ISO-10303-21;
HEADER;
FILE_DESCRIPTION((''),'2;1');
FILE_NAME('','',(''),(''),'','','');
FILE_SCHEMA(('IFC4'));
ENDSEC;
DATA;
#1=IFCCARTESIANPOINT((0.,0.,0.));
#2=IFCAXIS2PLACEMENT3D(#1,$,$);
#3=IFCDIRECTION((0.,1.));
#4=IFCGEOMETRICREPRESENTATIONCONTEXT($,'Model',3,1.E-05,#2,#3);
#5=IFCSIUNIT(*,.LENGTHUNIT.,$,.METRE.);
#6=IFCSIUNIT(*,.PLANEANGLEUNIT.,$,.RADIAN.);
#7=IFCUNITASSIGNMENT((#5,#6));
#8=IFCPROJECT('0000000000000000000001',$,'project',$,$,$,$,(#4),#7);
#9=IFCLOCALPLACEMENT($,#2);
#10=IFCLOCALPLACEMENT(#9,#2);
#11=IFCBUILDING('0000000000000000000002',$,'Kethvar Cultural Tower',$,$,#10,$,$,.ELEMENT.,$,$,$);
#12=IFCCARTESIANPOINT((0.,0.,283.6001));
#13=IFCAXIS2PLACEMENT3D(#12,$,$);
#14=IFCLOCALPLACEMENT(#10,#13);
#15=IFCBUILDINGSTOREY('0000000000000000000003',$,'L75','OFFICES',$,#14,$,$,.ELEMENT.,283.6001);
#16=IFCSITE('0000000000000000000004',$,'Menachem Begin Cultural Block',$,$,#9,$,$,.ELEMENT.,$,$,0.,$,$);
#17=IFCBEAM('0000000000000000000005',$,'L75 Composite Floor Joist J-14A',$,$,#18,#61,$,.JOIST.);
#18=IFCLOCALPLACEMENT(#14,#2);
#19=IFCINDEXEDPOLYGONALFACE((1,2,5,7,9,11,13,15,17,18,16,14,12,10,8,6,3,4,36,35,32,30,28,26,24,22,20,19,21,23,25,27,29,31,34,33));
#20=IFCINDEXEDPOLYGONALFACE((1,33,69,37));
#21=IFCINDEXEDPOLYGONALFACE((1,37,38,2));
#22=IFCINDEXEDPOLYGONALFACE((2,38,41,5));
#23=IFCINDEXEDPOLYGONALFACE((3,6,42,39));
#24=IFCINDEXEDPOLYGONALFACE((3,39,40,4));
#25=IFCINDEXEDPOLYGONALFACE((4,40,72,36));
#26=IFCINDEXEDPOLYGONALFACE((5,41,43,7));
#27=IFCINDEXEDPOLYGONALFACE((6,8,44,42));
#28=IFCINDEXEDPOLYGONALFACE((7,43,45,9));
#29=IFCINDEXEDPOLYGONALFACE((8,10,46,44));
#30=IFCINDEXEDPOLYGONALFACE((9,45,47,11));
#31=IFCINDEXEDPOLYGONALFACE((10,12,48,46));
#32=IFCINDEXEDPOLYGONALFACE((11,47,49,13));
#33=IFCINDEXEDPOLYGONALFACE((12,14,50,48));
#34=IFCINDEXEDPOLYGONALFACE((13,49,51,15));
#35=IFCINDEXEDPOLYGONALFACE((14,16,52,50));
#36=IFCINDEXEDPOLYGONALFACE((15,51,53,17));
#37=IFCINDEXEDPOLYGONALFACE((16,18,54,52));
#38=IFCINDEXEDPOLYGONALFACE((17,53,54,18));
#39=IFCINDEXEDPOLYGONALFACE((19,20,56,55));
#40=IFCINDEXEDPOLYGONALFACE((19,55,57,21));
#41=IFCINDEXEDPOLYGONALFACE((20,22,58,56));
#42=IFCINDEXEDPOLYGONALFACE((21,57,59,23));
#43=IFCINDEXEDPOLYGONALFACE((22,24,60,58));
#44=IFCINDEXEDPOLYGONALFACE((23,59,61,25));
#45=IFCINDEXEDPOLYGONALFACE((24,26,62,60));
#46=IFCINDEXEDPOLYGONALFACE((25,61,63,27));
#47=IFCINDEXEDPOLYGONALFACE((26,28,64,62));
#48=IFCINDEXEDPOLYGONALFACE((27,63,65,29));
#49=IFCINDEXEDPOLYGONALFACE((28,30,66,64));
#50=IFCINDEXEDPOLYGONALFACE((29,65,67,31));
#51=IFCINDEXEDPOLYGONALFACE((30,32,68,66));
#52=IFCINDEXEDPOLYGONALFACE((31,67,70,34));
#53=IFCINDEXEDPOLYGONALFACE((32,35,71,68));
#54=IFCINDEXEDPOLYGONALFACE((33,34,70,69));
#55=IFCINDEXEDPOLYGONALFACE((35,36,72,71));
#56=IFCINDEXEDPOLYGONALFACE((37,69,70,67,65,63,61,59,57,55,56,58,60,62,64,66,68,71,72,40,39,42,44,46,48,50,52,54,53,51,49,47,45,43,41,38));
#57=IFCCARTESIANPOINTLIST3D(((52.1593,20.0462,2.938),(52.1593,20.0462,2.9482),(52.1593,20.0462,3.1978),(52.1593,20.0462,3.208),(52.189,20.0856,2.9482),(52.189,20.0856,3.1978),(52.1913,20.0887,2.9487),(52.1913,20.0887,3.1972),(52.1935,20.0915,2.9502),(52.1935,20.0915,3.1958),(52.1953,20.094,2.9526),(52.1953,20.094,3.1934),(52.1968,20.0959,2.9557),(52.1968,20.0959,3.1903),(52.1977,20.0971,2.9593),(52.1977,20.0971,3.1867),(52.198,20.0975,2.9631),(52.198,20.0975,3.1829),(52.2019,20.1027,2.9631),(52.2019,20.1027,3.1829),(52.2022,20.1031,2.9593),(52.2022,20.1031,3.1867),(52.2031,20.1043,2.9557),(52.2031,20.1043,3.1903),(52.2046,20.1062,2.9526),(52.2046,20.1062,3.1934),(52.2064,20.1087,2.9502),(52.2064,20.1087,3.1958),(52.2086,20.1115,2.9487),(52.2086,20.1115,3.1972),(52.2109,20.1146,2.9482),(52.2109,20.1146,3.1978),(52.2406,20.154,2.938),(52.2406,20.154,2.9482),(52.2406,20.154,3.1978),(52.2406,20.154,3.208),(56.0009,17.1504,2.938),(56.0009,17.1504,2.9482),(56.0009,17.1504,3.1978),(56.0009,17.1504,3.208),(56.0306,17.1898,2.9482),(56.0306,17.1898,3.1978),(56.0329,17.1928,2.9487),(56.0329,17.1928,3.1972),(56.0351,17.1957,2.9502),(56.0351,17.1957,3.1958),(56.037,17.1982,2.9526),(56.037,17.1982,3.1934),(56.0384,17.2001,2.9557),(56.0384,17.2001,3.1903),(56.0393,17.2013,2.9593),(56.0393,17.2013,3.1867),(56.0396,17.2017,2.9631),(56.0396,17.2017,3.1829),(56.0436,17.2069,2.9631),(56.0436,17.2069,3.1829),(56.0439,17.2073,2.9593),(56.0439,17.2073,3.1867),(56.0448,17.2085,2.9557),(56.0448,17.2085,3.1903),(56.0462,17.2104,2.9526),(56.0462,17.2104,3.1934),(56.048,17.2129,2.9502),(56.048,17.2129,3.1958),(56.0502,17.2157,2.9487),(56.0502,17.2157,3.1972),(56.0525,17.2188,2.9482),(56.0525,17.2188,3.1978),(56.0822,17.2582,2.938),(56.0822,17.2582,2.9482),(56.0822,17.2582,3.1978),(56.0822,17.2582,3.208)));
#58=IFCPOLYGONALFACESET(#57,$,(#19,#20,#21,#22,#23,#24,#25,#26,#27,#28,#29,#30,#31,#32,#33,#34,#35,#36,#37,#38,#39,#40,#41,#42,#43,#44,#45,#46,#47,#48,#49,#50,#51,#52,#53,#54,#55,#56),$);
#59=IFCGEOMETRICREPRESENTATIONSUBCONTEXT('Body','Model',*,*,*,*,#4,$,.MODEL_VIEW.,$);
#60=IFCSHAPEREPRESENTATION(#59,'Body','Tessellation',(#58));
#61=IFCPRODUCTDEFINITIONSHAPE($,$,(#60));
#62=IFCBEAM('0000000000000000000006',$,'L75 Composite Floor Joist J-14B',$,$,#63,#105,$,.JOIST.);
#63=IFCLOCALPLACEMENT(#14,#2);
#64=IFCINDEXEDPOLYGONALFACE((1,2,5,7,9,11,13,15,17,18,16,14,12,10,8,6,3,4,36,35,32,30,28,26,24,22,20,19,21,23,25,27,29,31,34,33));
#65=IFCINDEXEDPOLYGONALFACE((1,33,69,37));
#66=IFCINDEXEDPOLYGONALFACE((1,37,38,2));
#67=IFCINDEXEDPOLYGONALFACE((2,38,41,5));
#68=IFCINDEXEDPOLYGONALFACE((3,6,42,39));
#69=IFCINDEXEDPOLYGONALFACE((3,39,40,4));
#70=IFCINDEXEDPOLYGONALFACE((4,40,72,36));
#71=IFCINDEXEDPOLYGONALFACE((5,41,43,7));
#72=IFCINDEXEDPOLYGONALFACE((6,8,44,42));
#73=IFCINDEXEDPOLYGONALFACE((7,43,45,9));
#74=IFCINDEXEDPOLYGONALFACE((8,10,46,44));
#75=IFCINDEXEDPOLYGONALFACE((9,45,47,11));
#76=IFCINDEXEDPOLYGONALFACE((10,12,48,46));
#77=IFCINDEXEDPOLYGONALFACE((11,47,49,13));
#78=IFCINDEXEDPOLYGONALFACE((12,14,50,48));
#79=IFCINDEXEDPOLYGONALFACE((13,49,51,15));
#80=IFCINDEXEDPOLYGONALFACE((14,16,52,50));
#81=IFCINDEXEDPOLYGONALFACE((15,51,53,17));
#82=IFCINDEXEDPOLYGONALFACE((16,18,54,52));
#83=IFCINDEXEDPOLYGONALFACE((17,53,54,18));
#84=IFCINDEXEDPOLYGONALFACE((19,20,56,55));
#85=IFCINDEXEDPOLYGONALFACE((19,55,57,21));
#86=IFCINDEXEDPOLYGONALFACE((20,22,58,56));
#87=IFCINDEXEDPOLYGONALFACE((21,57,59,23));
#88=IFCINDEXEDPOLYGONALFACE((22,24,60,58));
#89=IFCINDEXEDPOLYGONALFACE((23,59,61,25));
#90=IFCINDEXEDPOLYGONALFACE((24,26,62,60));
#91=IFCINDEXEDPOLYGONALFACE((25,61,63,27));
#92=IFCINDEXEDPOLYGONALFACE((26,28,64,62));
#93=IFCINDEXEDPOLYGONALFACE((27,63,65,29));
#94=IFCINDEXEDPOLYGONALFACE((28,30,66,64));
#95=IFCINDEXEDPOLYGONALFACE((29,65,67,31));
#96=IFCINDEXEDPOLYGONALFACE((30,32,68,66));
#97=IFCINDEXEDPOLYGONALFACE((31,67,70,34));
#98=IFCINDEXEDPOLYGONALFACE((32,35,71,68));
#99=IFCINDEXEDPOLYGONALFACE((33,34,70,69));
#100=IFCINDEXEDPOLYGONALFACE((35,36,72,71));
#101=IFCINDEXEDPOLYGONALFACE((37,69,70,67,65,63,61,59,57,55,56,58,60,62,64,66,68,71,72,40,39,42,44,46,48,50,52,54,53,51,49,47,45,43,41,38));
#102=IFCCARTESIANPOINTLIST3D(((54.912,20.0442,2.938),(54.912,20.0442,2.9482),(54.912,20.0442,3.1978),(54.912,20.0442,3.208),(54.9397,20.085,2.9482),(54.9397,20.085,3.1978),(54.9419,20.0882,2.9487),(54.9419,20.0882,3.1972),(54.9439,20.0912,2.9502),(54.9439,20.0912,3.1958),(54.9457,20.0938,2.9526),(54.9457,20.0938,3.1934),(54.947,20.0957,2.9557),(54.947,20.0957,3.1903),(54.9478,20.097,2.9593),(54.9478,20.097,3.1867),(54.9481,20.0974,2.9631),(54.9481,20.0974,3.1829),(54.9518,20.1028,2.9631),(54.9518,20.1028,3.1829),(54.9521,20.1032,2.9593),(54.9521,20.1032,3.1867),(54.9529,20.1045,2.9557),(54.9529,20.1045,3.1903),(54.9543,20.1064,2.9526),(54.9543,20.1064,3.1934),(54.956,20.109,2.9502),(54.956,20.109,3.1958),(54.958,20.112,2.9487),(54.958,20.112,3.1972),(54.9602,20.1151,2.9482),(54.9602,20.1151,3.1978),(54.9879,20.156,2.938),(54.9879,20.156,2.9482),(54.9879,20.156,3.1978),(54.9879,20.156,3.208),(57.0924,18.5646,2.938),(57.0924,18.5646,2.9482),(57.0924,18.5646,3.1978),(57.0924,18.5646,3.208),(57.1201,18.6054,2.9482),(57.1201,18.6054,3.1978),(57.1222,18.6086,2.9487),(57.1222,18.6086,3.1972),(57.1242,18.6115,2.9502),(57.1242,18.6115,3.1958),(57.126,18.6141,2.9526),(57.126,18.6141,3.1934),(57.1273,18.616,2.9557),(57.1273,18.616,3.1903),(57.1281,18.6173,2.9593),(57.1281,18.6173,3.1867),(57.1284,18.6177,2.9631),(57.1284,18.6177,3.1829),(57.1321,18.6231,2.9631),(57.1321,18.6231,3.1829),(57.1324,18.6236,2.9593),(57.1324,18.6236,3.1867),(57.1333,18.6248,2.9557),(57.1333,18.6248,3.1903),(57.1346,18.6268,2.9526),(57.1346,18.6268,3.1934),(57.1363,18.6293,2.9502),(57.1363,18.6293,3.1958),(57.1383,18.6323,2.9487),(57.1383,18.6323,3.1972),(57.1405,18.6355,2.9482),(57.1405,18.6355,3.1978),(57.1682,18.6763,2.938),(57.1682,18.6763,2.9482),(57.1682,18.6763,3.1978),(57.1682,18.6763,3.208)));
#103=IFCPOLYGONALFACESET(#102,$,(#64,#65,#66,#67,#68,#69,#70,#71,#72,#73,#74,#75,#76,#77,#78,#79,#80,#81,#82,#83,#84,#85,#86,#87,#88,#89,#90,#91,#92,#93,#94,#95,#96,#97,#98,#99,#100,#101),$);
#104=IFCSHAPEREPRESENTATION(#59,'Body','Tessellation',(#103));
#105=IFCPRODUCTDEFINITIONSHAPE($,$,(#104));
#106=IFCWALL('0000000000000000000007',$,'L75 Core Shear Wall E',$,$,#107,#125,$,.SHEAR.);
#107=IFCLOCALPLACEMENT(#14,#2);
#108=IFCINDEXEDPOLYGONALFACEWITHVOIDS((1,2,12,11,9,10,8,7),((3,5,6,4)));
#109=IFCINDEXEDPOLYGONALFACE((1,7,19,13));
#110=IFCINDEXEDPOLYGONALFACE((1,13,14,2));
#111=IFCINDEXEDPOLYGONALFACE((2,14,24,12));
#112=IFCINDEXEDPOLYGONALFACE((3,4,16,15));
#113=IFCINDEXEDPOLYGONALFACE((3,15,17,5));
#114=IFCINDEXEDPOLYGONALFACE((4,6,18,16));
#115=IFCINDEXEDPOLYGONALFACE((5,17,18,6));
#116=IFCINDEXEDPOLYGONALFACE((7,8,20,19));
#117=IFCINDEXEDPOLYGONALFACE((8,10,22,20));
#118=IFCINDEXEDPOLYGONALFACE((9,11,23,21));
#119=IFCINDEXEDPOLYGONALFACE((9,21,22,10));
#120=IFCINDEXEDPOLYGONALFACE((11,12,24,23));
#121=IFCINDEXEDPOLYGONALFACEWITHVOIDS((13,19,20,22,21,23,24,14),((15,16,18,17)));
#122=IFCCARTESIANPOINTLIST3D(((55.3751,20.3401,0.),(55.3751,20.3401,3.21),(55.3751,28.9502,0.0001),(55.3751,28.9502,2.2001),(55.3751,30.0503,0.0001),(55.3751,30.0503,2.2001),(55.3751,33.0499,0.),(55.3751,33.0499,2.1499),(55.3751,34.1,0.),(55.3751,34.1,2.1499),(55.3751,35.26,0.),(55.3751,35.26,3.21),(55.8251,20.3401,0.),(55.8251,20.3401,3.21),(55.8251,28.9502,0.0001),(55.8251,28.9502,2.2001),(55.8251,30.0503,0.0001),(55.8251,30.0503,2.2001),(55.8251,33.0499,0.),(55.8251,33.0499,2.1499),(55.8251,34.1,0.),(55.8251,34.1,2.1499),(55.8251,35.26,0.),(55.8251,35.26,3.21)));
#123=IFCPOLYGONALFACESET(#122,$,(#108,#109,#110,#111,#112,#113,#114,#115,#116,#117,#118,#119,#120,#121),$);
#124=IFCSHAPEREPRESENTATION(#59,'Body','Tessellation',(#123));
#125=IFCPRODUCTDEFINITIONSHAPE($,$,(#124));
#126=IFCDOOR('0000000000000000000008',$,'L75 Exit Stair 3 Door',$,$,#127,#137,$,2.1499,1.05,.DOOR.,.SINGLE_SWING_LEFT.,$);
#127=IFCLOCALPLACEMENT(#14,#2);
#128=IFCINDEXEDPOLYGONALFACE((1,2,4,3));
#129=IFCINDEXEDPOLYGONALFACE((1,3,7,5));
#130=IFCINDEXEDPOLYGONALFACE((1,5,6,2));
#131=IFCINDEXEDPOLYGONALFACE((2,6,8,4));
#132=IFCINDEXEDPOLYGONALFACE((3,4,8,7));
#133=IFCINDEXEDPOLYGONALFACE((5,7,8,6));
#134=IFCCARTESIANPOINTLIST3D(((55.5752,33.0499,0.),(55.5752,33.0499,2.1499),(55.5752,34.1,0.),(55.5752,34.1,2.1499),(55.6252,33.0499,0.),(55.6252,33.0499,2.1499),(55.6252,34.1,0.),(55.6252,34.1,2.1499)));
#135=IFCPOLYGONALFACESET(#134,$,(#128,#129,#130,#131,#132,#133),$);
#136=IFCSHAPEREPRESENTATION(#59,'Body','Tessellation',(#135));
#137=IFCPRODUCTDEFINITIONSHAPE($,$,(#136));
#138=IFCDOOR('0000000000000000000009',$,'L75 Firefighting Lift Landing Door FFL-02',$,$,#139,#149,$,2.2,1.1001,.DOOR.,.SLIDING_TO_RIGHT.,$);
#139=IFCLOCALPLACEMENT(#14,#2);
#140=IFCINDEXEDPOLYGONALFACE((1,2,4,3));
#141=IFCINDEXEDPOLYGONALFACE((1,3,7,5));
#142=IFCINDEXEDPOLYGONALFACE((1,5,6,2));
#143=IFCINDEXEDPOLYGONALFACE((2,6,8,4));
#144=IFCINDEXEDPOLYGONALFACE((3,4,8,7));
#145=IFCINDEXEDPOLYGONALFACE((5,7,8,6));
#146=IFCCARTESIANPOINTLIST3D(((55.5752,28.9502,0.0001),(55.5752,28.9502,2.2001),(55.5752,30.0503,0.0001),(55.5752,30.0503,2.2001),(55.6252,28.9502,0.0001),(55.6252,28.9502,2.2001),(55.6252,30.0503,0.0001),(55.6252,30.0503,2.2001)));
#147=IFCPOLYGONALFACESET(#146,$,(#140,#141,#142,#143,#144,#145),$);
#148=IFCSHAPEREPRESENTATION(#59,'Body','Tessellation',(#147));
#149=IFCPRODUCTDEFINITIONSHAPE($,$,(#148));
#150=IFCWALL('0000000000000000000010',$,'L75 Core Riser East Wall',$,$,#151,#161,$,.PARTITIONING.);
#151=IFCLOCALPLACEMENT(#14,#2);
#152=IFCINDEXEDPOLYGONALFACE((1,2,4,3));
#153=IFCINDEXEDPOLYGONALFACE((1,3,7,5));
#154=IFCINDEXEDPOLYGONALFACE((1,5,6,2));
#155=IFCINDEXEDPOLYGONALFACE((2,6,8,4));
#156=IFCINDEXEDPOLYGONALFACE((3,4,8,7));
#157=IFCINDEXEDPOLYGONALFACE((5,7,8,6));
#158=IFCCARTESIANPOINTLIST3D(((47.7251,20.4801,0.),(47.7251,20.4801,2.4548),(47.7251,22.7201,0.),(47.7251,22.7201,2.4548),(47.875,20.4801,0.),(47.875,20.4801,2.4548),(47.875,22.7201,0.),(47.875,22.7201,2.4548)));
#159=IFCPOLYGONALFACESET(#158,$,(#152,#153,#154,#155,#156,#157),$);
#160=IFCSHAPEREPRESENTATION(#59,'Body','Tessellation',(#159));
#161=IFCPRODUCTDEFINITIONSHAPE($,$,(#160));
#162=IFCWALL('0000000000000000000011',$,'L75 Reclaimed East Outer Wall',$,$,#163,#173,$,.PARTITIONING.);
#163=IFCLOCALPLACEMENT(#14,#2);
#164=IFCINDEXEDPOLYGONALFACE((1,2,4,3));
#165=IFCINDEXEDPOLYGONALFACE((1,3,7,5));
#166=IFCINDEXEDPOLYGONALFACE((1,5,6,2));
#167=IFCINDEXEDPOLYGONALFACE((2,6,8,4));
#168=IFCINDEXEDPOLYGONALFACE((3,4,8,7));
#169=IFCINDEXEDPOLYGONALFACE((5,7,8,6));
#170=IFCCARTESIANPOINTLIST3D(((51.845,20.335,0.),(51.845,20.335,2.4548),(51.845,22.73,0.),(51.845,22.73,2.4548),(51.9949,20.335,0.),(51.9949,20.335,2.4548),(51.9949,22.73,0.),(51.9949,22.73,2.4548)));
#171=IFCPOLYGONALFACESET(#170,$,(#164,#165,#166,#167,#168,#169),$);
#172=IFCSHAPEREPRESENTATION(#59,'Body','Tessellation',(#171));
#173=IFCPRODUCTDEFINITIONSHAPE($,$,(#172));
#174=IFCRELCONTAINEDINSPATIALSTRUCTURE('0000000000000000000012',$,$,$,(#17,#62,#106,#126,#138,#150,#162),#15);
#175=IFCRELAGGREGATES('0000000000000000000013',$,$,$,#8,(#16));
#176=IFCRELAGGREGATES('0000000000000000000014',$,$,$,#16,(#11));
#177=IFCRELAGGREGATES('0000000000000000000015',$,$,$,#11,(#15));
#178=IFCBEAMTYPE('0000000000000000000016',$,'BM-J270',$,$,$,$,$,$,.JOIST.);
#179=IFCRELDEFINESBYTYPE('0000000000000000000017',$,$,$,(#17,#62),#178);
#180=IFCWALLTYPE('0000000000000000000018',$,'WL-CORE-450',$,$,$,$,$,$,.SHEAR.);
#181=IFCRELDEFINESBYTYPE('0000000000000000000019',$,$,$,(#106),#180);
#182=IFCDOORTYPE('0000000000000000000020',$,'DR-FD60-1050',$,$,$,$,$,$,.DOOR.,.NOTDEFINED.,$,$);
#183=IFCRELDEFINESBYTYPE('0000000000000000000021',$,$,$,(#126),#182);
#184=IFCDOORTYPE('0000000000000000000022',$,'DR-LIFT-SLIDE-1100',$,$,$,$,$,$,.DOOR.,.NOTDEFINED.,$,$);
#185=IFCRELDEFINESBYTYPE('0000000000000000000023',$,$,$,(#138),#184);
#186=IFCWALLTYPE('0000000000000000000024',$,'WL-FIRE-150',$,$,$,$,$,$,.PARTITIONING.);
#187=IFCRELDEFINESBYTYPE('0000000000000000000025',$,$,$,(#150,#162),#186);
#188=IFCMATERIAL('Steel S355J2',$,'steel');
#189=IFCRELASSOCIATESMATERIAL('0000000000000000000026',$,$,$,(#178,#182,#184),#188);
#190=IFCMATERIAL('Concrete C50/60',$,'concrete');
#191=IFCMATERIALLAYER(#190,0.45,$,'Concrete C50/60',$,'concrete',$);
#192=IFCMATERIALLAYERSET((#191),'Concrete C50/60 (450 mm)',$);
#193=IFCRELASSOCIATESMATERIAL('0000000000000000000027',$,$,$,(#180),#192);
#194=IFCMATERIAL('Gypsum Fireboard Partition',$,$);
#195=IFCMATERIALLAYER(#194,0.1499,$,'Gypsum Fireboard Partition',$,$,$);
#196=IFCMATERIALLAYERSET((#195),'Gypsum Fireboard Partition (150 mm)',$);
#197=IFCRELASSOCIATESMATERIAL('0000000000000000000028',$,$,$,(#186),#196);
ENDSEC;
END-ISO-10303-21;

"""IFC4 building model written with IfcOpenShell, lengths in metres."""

from ifc_helpers import new_model, si_unit, direction, frame, frame_2d, origin, origin_2d, place, context, subcontext, project, spatial, rectangle, i_section, extrude, source, transform, mapped, material, layer, layer_set, material_profile, profile_set, type_object, element, fill, save


model = new_model("IFC4")

# Units and contexts
model_context = context("Model", 3, precision=1e-05, world=origin(), true_north=direction((0.0, 1.0)))
body_context = subcontext(model_context, "Body", "Model", "MODEL_VIEW")
ifc_project = project(units=[si_unit("LENGTHUNIT", "METRE"), si_unit("PLANEANGLEUNIT", "RADIAN")], contexts=[model_context])

# Site, building, storey
site_placement = place(None, origin())
site = spatial("IfcSite", under=ifc_project, at=site_placement, Name="Menachem Begin Cultural Block", CompositionType="ELEMENT", RefElevation=0.0)
building_placement = place(site_placement, origin())
building = spatial("IfcBuilding", under=site, at=building_placement, Name="Kethvar Cultural Tower", CompositionType="ELEMENT")
storey_placement = place(building_placement, frame((0.0, 0.0, 283.6001)))
storey = spatial("IfcBuildingStorey", under=building, at=storey_placement, Name="L75", Description="OFFICES", CompositionType="ELEMENT", Elevation=283.6001)

# Beams
ifc_material_1 = material(Name="Steel S355J2", Category="steel")
ifc_material_profile = material_profile(ifc_material_1, i_section(OverallWidth=0.135, OverallDepth=0.27, WebThickness=0.0066, FlangeThickness=0.0103, FilletRadius=0.0149, at=origin_2d()), Name="Steel S355J2 — IPE270")
ifc_profile_set = profile_set([ifc_material_profile], Name="Steel S355J2 — IPE270")
beam_type = type_object("IfcBeamType", Name="BM-J270", PredefinedType="JOIST", material=ifc_profile_set)
shared_shape_1 = source(origin(), body_context, "Body", "SweptSolid", [
    extrude(i_section(OverallWidth=0.135, OverallDepth=0.27, WebThickness=0.0066, FlangeThickness=0.0103, FilletRadius=0.0149, at=origin_2d()), origin(), (0.0, 0.0, 1.0), 4.8108),
])
beam_1_placement = place(storey_placement, frame((52.2, 20.1001, 3.073), z_axis=(0.798542, -0.601939, 0.0), x_axis=(0.601939, 0.798542, 0.0)))
element("IfcBeam", 1, at=beam_1_placement, inside=storey, type_object=beam_type, Name="L75 Composite Floor Joist J-14A", PredefinedType="JOIST", context=body_context, shape_type="MappedRepresentation", body=[
    mapped(shared_shape_1, transform((0.0, 0.0, 0.0), scale=1.0)),
])
shared_shape_2 = source(origin(), body_context, "Body", "SweptSolid", [
    extrude(i_section(OverallWidth=0.135, OverallDepth=0.27, WebThickness=0.0066, FlangeThickness=0.0103, FilletRadius=0.0149, at=origin_2d()), origin(), (0.0, 0.0, 1.0), 2.635),
])
beam_2_placement = place(storey_placement, frame((54.95, 20.1001, 3.073), z_axis=(0.827447, -0.561544, 0.0), x_axis=(0.561544, 0.827447, 0.0)))
element("IfcBeam", 2, at=beam_2_placement, inside=storey, type_object=beam_type, Name="L75 Composite Floor Joist J-14B", PredefinedType="JOIST", context=body_context, shape_type="MappedRepresentation", body=[
    mapped(shared_shape_2, transform((0.0, 0.0, 0.0), scale=1.0)),
])

# Wall, openings, doors
ifc_material_2 = material(Name="Concrete C50/60", Category="concrete")
ifc_layer_1 = layer(ifc_material_2, 0.45, Name="Concrete C50/60", Category="concrete")
ifc_layer_set_1 = layer_set([ifc_layer_1], Name="Concrete C50/60 (450 mm)")
wall_type_1 = type_object("IfcWallType", Name="WL-CORE-450", PredefinedType="SHEAR", material=ifc_layer_set_1)
wall_1_placement = place(storey_placement, frame((55.6001, 20.3401, 0.0), z_axis=(0.0, 0.0, 1.0), x_axis=(0.0, 1.0, 0.0)))
wall_1 = element("IfcWall", 3, at=wall_1_placement, inside=storey, type_object=wall_type_1, Name="L75 Core Shear Wall E", PredefinedType="SHEAR", context=body_context, shape_type="SweptSolid", body=[
    extrude(rectangle(XDim=14.9199, YDim=0.45, at=frame_2d((7.46, 0.0))), origin(), (0.0, 0.0, 1.0), 3.21),
])
opening_1_placement = place(wall_1_placement, frame((12.71, 0.0, 0.0)))
opening_1 = element("IfcOpeningElement", 4, at=opening_1_placement, cuts=wall_1, PredefinedType="OPENING", context=body_context, shape_type="SweptSolid", body=[
    extrude(rectangle(XDim=1.05, YDim=2.1499, at=frame_2d((0.5249, 1.075))), frame((0.0, 0.2349, 0.0), z_axis=(0.0, -1.0, 0.0), x_axis=(1.0, 0.0, 0.0)), (0.0, 0.0, 1.0), 0.47),
])
opening_2_placement = place(wall_1_placement, frame((8.6101, 0.0, 0.0)))
opening_2 = element("IfcOpeningElement", 5, at=opening_2_placement, cuts=wall_1, PredefinedType="OPENING", context=body_context, shape_type="SweptSolid", body=[
    extrude(rectangle(XDim=1.1001, YDim=2.2, at=frame_2d((0.55, 1.1001))), frame((0.0, 0.2349, 0.0), z_axis=(0.0, -1.0, 0.0), x_axis=(1.0, 0.0, 0.0)), (0.0, 0.0, 1.0), 0.47),
])
door_type_1 = type_object("IfcDoorType", Name="DR-FD60-1050", OperationType="NOTDEFINED", PredefinedType="DOOR", material=ifc_material_1)
shared_shape_3 = source(origin(), body_context, "Body", "SweptSolid", [
    extrude(rectangle(XDim=1.05, YDim=2.1499, at=frame_2d((0.5249, 1.075))), frame((0.0, 0.0249, 0.0), z_axis=(0.0, -1.0, 0.0), x_axis=(1.0, 0.0, 0.0)), (0.0, 0.0, 1.0), 0.05),
])
door_1_placement = place(opening_1_placement, origin())
door_1 = element("IfcDoor", 6, at=door_1_placement, inside=storey, type_object=door_type_1, Name="L75 Exit Stair 3 Door", OperationType="SINGLE_SWING_LEFT", OverallHeight=2.1499, OverallWidth=1.05, PredefinedType="DOOR", context=body_context, shape_type="MappedRepresentation", body=[
    mapped(shared_shape_3, transform((0.0, 0.0, 0.0), scale=1.0)),
])
fill(opening_1, door_1)
door_type_2 = type_object("IfcDoorType", Name="DR-LIFT-SLIDE-1100", OperationType="NOTDEFINED", PredefinedType="DOOR", material=ifc_material_1)
shared_shape_4 = source(origin(), body_context, "Body", "SweptSolid", [
    extrude(rectangle(XDim=1.1001, YDim=2.2, at=frame_2d((0.55, 1.1001))), frame((0.0, 0.0249, 0.0), z_axis=(0.0, -1.0, 0.0), x_axis=(1.0, 0.0, 0.0)), (0.0, 0.0, 1.0), 0.05),
])
door_2_placement = place(opening_2_placement, origin())
door_2 = element("IfcDoor", 7, at=door_2_placement, inside=storey, type_object=door_type_2, Name="L75 Firefighting Lift Landing Door FFL-02", OperationType="SLIDING_TO_RIGHT", OverallHeight=2.2, OverallWidth=1.1001, PredefinedType="DOOR", context=body_context, shape_type="MappedRepresentation", body=[
    mapped(shared_shape_4, transform((0.0, 0.0, 0.0), scale=1.0)),
])
fill(opening_2, door_2)

# Walls
ifc_material_3 = material(Name="Gypsum Fireboard Partition")
ifc_layer_2 = layer(ifc_material_3, 0.1499, Name="Gypsum Fireboard Partition")
ifc_layer_set_2 = layer_set([ifc_layer_2], Name="Gypsum Fireboard Partition (150 mm)")
wall_type_2 = type_object("IfcWallType", Name="WL-FIRE-150", PredefinedType="PARTITIONING", material=ifc_layer_set_2)
wall_2_placement = place(storey_placement, frame((47.8, 20.48, 0.0), z_axis=(0.0, 0.0, 1.0), x_axis=(0.0, 1.0, 0.0)))
element("IfcWall", 8, at=wall_2_placement, inside=storey, type_object=wall_type_2, Name="L75 Core Riser East Wall", PredefinedType="PARTITIONING", context=body_context, shape_type="SweptSolid", body=[
    extrude(rectangle(XDim=2.24, YDim=0.1499, at=frame_2d((1.1201, 0.0))), origin(), (0.0, 0.0, 1.0), 2.4548),
])
wall_3_placement = place(storey_placement, frame((51.9199, 20.335, 0.0), z_axis=(0.0, 0.0, 1.0), x_axis=(0.0, 1.0, 0.0)))
element("IfcWall", 9, at=wall_3_placement, inside=storey, type_object=wall_type_2, Name="L75 Reclaimed East Outer Wall", PredefinedType="PARTITIONING", context=body_context, shape_type="SweptSolid", body=[
    extrude(rectangle(XDim=2.395, YDim=0.1499, at=frame_2d((1.1975, 0.0))), origin(), (0.0, 0.0, 1.0), 2.4548),
])

save(model, "model.ifc")
